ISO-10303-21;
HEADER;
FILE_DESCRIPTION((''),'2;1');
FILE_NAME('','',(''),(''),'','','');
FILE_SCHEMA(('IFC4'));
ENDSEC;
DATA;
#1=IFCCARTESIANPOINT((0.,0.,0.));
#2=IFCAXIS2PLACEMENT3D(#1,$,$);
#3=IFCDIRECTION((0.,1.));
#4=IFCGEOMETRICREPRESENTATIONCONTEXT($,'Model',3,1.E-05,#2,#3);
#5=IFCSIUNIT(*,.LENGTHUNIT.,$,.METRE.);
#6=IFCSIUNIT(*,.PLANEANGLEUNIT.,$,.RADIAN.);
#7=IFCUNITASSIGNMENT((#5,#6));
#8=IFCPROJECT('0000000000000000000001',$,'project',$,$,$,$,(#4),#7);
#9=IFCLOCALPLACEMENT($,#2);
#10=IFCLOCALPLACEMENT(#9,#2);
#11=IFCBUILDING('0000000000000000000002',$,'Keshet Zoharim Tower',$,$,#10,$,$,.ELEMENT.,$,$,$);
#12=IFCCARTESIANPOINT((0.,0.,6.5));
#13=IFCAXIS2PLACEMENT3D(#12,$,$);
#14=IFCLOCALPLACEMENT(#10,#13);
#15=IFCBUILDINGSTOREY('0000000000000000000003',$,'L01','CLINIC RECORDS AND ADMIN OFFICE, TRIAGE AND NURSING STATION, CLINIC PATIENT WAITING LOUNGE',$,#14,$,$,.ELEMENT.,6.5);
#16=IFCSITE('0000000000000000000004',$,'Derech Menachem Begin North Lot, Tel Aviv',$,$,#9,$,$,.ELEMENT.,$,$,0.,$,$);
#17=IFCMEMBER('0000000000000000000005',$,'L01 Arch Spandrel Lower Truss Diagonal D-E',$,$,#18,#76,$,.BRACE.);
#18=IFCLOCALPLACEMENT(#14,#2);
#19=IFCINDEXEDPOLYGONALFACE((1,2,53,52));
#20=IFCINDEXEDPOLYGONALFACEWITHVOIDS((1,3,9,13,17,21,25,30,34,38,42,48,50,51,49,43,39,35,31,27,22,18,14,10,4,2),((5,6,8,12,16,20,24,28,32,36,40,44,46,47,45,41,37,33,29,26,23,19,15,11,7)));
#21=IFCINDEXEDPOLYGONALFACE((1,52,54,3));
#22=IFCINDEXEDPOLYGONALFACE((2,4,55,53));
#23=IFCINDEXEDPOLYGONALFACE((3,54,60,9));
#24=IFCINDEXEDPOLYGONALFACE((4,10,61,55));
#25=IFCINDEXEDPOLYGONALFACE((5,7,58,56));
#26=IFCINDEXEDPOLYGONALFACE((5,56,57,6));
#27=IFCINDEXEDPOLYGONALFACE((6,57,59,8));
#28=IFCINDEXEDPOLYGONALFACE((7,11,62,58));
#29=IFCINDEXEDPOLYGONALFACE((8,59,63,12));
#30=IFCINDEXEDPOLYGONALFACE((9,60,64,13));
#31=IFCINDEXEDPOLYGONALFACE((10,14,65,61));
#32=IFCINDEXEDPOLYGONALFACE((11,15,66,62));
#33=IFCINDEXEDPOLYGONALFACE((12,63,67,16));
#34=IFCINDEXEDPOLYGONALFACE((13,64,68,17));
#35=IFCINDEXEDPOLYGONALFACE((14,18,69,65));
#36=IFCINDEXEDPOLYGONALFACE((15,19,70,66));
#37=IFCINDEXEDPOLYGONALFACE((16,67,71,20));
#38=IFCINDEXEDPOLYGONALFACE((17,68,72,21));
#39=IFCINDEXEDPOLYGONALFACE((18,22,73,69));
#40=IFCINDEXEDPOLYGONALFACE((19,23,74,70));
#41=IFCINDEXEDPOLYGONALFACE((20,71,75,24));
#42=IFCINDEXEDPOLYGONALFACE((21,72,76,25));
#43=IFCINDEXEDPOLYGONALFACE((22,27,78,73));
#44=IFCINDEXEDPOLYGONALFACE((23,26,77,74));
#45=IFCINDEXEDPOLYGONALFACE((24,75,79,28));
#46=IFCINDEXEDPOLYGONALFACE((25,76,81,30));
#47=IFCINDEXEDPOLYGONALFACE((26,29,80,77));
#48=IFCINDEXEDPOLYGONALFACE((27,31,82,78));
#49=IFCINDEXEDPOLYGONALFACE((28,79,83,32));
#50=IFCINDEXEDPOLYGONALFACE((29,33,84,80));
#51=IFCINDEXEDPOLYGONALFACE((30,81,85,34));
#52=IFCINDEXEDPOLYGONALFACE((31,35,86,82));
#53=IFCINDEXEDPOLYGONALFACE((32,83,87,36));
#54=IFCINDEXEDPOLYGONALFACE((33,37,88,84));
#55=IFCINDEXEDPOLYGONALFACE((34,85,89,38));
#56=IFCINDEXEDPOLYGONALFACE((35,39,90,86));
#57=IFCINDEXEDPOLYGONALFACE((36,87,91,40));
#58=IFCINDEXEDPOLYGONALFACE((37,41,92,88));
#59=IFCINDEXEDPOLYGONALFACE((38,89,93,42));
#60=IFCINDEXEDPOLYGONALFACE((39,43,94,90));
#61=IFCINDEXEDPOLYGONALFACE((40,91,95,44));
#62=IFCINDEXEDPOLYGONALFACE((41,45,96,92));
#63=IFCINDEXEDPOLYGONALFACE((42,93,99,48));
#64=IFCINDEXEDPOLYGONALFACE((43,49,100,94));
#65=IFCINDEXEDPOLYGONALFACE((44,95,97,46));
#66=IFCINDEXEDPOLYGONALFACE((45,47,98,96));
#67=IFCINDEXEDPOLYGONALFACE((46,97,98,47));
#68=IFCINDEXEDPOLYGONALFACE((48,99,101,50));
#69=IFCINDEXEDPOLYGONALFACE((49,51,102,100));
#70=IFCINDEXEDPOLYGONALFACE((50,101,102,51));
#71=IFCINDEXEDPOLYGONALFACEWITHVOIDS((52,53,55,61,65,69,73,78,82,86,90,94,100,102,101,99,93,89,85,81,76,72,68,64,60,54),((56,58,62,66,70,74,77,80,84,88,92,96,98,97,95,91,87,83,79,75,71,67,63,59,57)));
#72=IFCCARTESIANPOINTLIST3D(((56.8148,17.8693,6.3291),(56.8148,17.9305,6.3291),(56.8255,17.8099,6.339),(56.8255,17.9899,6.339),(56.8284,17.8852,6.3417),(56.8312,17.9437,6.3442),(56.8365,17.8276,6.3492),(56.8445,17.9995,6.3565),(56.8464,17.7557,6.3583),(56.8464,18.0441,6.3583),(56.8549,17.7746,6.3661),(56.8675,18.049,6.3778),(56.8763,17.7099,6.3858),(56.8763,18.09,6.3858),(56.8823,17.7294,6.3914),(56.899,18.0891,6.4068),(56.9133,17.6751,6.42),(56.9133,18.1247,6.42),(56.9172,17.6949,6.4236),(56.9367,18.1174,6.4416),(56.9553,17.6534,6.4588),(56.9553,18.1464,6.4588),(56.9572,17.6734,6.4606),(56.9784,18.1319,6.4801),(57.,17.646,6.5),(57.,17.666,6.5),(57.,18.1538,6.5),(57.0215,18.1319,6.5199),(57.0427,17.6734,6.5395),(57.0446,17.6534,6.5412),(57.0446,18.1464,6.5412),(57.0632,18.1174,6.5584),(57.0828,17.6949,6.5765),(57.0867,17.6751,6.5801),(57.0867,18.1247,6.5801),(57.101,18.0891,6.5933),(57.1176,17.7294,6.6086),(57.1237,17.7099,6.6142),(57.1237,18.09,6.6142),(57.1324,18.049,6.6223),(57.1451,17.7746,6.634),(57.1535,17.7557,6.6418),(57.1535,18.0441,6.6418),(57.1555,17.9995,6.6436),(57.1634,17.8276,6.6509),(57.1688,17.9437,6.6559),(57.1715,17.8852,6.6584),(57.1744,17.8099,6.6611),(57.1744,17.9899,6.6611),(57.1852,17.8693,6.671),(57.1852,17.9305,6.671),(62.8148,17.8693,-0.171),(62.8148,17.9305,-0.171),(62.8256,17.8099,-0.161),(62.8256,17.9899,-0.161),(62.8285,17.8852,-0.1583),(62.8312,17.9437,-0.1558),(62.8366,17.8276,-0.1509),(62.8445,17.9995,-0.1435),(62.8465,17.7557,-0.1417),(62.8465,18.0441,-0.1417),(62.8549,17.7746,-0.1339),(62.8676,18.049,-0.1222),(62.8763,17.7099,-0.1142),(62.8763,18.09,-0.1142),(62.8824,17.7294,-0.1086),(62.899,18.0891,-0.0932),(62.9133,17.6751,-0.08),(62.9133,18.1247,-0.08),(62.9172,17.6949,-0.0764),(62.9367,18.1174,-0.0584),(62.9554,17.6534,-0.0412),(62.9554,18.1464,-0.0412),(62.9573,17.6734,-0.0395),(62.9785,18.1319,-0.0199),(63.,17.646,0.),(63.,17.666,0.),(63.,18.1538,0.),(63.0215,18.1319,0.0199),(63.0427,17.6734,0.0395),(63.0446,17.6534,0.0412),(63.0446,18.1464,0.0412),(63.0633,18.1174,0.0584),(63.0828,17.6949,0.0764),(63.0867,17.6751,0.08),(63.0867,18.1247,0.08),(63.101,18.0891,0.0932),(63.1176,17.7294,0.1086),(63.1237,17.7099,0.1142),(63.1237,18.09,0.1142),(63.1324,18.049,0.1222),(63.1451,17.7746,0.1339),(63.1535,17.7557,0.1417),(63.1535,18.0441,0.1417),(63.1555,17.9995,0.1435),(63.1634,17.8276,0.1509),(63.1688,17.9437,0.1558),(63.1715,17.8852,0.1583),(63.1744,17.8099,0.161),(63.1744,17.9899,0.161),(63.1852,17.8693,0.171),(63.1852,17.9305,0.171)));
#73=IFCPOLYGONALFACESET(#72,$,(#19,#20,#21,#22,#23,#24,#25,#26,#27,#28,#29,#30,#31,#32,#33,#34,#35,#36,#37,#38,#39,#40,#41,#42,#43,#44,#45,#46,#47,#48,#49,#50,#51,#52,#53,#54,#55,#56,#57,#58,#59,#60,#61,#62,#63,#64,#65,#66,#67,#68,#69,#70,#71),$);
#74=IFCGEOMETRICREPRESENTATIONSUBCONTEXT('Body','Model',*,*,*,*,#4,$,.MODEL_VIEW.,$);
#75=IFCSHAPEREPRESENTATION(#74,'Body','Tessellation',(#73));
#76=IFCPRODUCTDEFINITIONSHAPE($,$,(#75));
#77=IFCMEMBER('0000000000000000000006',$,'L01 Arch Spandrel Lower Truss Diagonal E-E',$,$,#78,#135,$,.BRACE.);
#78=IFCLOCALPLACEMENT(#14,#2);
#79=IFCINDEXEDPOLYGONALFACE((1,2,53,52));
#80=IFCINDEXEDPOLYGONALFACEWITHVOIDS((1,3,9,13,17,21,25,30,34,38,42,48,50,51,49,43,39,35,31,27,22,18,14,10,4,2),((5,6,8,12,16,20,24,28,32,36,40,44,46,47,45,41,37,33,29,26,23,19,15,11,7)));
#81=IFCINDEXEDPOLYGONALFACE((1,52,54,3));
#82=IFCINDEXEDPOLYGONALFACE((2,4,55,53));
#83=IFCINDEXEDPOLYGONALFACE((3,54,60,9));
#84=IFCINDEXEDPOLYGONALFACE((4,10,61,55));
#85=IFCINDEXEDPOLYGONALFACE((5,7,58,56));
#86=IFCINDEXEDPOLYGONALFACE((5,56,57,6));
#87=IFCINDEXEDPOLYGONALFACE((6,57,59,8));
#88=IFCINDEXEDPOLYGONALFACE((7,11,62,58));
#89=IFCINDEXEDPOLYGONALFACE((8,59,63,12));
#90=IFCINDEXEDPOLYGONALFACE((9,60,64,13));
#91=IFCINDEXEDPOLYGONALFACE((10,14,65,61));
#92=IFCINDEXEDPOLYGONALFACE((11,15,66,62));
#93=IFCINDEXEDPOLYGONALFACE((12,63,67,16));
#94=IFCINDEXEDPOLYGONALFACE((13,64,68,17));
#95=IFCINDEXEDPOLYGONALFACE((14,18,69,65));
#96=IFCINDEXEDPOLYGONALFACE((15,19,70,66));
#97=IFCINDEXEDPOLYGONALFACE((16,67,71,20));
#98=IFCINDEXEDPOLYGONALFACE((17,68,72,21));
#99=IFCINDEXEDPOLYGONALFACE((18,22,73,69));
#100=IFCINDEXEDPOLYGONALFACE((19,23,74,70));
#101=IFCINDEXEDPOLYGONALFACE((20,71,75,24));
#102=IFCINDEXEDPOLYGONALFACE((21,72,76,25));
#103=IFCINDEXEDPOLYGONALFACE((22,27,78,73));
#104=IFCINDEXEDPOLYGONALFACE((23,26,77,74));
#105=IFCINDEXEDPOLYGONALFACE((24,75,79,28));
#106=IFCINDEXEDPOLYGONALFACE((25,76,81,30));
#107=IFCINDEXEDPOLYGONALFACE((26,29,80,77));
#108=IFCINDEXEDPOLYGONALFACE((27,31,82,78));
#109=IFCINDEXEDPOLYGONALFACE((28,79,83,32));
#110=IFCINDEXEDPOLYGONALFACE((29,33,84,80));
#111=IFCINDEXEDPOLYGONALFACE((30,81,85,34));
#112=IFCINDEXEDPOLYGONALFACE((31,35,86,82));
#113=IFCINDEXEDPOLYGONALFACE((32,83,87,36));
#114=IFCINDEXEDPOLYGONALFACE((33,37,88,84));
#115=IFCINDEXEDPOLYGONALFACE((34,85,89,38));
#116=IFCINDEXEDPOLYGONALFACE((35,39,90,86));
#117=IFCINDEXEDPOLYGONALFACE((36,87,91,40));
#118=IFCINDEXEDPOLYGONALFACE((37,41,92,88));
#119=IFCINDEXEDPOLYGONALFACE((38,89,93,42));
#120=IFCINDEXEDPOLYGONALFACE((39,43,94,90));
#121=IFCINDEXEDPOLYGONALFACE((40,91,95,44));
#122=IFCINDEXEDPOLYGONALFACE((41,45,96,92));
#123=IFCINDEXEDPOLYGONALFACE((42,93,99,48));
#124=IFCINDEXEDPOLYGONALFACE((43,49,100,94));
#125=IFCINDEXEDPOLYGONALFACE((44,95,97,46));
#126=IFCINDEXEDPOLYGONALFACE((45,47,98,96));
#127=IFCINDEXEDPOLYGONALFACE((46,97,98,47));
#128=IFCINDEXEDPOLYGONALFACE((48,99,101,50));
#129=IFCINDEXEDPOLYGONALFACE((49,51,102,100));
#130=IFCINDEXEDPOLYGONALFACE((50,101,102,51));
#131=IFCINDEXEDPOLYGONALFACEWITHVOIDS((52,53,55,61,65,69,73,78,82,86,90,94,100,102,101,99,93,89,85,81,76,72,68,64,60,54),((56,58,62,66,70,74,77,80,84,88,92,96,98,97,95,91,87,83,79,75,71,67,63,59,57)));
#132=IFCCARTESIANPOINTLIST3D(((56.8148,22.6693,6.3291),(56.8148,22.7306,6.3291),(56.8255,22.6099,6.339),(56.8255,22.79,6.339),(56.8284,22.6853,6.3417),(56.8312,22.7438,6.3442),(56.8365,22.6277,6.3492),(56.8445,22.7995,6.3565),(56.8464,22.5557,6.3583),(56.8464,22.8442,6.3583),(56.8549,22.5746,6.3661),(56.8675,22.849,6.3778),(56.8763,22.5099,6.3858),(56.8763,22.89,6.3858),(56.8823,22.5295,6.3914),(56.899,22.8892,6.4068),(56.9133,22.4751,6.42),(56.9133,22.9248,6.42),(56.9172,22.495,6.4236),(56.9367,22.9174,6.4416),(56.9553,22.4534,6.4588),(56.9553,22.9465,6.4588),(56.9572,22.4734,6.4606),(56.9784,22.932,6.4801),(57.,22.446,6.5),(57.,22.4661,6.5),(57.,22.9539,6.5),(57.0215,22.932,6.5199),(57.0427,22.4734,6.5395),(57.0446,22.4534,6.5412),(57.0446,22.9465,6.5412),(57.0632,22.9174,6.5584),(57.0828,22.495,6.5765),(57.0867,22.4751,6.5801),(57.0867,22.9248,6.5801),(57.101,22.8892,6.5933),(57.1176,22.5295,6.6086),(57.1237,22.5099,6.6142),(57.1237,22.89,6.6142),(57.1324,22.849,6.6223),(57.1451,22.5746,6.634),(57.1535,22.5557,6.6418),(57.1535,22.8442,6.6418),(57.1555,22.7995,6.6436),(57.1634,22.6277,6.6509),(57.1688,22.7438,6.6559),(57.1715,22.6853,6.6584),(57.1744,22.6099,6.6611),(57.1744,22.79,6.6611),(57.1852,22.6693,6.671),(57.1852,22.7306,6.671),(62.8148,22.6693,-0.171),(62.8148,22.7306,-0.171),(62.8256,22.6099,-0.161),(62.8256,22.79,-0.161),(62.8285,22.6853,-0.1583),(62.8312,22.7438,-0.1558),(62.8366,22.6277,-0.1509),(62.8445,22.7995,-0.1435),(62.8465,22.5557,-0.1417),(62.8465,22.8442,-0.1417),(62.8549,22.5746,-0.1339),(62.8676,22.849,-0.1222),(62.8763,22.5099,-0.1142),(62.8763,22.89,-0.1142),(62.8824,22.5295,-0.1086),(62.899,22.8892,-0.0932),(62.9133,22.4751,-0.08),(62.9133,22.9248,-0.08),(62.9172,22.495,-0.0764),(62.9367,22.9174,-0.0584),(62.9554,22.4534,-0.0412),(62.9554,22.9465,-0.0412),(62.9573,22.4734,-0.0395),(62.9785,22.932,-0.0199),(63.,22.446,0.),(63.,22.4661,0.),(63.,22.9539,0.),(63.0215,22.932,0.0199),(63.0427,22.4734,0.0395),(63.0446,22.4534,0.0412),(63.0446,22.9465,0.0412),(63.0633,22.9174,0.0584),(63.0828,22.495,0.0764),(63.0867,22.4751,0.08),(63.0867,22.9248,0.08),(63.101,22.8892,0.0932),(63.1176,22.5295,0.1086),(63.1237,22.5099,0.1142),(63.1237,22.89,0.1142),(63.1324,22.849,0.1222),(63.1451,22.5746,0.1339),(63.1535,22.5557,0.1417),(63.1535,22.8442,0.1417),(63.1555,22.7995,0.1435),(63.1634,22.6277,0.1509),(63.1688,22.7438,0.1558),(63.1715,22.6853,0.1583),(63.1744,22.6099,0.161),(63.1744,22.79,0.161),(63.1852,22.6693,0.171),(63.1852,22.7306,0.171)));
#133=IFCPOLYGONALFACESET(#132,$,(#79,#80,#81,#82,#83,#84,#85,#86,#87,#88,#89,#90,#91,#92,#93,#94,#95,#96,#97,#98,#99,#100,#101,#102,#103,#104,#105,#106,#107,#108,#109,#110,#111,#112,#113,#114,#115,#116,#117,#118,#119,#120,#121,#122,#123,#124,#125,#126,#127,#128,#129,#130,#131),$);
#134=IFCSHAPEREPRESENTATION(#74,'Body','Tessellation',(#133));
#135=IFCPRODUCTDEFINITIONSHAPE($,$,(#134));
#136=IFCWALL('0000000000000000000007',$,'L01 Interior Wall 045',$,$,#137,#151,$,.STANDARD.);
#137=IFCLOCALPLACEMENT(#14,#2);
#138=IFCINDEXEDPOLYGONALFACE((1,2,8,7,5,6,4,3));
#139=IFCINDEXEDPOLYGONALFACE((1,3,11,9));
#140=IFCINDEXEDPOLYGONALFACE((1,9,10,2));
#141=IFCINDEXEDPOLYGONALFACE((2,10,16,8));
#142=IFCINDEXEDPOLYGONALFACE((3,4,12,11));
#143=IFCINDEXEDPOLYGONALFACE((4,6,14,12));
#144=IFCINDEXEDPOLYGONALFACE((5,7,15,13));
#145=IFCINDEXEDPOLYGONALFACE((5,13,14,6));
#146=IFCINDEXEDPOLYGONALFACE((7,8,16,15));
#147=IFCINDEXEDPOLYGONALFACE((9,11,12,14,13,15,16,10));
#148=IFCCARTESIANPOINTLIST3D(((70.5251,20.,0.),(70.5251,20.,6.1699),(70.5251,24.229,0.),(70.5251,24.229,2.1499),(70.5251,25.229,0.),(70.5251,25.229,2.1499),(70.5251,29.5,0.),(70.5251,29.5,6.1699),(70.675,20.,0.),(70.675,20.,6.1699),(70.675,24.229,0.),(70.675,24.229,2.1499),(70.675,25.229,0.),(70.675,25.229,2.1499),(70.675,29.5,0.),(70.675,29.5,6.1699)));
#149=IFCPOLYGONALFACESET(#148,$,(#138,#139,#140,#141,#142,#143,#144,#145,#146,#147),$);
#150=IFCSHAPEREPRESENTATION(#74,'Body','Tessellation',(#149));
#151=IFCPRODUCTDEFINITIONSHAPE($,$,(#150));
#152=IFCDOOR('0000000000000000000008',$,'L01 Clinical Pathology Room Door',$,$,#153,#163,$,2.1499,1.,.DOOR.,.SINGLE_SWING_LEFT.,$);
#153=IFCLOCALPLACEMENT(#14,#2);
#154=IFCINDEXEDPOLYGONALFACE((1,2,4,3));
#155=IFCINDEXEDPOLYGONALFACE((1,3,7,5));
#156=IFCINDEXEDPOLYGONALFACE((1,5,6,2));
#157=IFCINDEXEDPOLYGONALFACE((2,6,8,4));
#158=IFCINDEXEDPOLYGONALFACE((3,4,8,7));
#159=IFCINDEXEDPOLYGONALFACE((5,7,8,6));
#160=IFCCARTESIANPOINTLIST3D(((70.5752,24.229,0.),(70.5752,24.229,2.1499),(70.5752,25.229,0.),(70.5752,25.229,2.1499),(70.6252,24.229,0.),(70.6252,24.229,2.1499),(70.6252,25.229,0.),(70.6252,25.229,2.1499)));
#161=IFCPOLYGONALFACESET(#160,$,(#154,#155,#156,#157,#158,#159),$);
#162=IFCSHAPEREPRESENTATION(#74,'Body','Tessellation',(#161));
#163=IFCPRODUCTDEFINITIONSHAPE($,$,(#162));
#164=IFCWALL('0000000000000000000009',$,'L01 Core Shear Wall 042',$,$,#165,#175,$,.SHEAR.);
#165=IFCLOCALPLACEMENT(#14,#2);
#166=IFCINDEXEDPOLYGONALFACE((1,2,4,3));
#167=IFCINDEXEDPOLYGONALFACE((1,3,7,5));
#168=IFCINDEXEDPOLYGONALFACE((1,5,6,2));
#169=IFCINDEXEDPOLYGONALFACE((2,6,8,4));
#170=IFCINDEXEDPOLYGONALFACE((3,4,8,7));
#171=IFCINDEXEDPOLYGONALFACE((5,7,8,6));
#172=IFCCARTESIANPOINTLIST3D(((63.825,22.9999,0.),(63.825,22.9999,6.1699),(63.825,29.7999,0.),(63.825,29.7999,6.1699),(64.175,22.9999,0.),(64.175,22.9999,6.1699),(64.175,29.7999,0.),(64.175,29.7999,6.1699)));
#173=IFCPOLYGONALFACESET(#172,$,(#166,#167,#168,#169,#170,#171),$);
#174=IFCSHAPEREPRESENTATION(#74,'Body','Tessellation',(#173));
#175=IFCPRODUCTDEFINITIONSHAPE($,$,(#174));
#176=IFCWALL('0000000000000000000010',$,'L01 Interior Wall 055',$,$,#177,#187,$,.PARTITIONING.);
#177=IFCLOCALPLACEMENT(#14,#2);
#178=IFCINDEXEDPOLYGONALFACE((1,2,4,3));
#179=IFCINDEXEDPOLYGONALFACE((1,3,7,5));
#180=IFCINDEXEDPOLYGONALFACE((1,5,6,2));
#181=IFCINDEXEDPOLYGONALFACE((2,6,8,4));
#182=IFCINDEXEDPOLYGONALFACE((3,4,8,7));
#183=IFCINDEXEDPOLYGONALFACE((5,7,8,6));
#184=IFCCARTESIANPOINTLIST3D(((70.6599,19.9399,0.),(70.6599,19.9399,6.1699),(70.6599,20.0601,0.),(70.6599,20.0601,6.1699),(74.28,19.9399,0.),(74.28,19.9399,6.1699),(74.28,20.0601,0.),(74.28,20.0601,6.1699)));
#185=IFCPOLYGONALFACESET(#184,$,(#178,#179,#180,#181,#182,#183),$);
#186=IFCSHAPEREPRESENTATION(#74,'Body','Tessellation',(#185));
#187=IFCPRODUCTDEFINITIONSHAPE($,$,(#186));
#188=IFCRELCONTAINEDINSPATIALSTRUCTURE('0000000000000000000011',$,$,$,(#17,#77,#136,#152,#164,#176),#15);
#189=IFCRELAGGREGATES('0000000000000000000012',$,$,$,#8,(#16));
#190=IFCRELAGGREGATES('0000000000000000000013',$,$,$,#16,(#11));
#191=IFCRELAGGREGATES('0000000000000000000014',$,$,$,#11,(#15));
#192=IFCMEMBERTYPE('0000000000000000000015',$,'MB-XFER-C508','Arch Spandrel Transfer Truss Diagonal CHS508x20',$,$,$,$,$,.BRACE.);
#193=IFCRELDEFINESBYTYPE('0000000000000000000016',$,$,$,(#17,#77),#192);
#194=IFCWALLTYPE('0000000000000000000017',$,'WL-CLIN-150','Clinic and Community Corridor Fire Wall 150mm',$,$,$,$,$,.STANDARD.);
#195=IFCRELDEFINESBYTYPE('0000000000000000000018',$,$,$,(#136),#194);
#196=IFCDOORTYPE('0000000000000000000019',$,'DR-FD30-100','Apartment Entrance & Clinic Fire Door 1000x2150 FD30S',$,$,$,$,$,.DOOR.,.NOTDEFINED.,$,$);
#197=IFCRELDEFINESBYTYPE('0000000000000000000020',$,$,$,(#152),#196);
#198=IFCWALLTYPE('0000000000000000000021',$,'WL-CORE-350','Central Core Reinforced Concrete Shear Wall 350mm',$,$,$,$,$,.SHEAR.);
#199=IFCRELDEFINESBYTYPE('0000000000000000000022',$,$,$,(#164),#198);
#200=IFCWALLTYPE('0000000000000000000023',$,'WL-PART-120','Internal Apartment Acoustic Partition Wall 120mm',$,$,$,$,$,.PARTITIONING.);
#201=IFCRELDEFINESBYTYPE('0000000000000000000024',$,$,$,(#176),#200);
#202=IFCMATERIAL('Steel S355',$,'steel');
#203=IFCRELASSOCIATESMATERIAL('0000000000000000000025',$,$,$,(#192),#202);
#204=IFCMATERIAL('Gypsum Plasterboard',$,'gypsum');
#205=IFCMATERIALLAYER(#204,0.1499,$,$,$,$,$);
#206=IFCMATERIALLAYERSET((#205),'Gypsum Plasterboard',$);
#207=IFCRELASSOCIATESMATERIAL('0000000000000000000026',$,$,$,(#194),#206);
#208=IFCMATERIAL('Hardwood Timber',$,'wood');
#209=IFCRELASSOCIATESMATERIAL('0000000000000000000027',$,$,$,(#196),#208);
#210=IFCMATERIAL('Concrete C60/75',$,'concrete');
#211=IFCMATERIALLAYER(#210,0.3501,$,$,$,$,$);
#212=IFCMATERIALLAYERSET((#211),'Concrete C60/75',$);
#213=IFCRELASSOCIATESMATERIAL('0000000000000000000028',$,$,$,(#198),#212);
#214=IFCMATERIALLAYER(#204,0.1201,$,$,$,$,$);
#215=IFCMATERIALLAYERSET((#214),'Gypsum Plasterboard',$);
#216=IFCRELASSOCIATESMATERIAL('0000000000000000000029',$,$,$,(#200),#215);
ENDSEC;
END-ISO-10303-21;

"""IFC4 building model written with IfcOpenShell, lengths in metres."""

from ifc_helpers import new_model, si_unit, direction, frame, frame_2d, origin, origin_2d, place, context, subcontext, project, spatial, rectangle, hollow_circle, extrude, material, layer, layer_set, material_profile, profile_set, type_object, element, fill, save


model = new_model("IFC4")

# Units and contexts
model_context = context("Model", 3, precision=1e-05, world=origin(), true_north=direction((0.0, 1.0)))
body_context = subcontext(model_context, "Body", "Model", "MODEL_VIEW")
ifc_project = project(units=[si_unit("LENGTHUNIT", "METRE"), si_unit("PLANEANGLEUNIT", "RADIAN")], contexts=[model_context])

# Site, building, storey
site_placement = place(None, origin())
site = spatial("IfcSite", under=ifc_project, at=site_placement, Name="Derech Menachem Begin North Lot, Tel Aviv", CompositionType="ELEMENT", RefElevation=0.0)
building_placement = place(site_placement, origin())
building = spatial("IfcBuilding", under=site, at=building_placement, Name="Keshet Zoharim Tower", CompositionType="ELEMENT")
storey_placement = place(building_placement, frame((0.0, 0.0, 6.5)))
storey = spatial("IfcBuildingStorey", under=building, at=storey_placement, Name="L01", Description="CLINIC RECORDS AND ADMIN OFFICE, TRIAGE AND NURSING STATION, CLINIC PATIENT WAITING LOUNGE", CompositionType="ELEMENT", Elevation=6.5)

# Shared definitions
ifc_material_1 = material(Name="Concrete C60/75", Category="concrete")

# Shared definitions
ifc_material_2 = material(Name="Steel S355", Category="steel")

# Members
ifc_material_profile_1 = material_profile(ifc_material_2, hollow_circle(Radius=0.2539, WallThickness=0.02, at=origin_2d()), Name="CHS508x20")
ifc_profile_set_1 = profile_set([ifc_material_profile_1], Name="Steel S355")
member_type = type_object("IfcMemberType", Name="MB-XFER-C508", Description="Arch Spandrel Transfer Truss Diagonal CHS508x20", PredefinedType="BRACE", material=ifc_profile_set_1)
for number, where, z_axis, x_axis, name in (
    (1, (63.0, 17.8999, 0.0), (-0.67828, 0.0, 0.734803), (0.0, -1.0, 0.0), "L01 Arch Spandrel Lower Truss Diagonal D-E"),
    (2, (63.0, 22.7, 0.0), (-0.67828, 0.0, 0.734803), (0.0, -1.0, 0.0), "L01 Arch Spandrel Lower Truss Diagonal E-E"),
):
    element("IfcMember", number, at=place(storey_placement, frame(where, z_axis=z_axis, x_axis=x_axis)), inside=storey, type_object=member_type, Name=name, PredefinedType="BRACE", context=body_context, shape_type="SweptSolid", body=[
        extrude(hollow_circle(Radius=0.2539, WallThickness=0.02, at=origin_2d()), origin(), (0.0, 0.0, 1.0), 8.8459),
    ])

# Wall, opening, door
ifc_material_3 = material(Name="Gypsum Plasterboard", Category="gypsum")
ifc_layer_1 = layer(ifc_material_3, 0.1499)
ifc_layer_set_1 = layer_set([ifc_layer_1], Name="Gypsum Plasterboard")
wall_type_1 = type_object("IfcWallType", Name="WL-CLIN-150", Description="Clinic and Community Corridor Fire Wall 150mm", PredefinedType="STANDARD", material=ifc_layer_set_1)
wall_1_placement = place(storey_placement, frame((70.6001, 20.0, 0.0), z_axis=(0.0, 0.0, 1.0), x_axis=(0.0, 1.0, 0.0)))
wall_1 = element("IfcWall", 3, at=wall_1_placement, inside=storey, type_object=wall_type_1, Name="L01 Interior Wall 045", PredefinedType="STANDARD", context=body_context, shape_type="SweptSolid", body=[
    extrude(rectangle(XDim=9.5, YDim=0.1499, at=frame_2d((4.75, 0.0))), origin(), (0.0, 0.0, 1.0), 6.1699),
])
opening_placement = place(wall_1_placement, frame((4.229, 0.0, 0.0)))
opening = element("IfcOpeningElement", 4, at=opening_placement, cuts=wall_1, PredefinedType="OPENING", context=body_context, shape_type="SweptSolid", body=[
    extrude(rectangle(XDim=1.0, YDim=2.1499, at=frame_2d((0.5, 1.075))), frame((0.0, 0.085, 0.0), z_axis=(0.0, -1.0, 0.0), x_axis=(1.0, 0.0, 0.0)), (0.0, 0.0, 1.0), 0.1699),
])
ifc_material_4 = material(Name="Hardwood Timber", Category="wood")
door_type = type_object("IfcDoorType", Name="DR-FD30-100", Description="Apartment Entrance & Clinic Fire Door 1000x2150 FD30S", OperationType="NOTDEFINED", PredefinedType="DOOR", material=ifc_material_4)
door_placement = place(opening_placement, origin())
door = element("IfcDoor", 5, at=door_placement, inside=storey, type_object=door_type, Name="L01 Clinical Pathology Room Door", OperationType="SINGLE_SWING_LEFT", OverallHeight=2.1499, OverallWidth=1.0, PredefinedType="DOOR", context=body_context, shape_type="SweptSolid", body=[
    extrude(rectangle(XDim=1.0, YDim=2.1499, at=frame_2d((0.5, 1.075))), frame((0.0, 0.0249, 0.0), z_axis=(0.0, -1.0, 0.0), x_axis=(1.0, 0.0, 0.0)), (0.0, 0.0, 1.0), 0.05),
])
fill(opening, door)

# Walls
ifc_layer_2 = layer(ifc_material_1, 0.3501)
ifc_layer_set_2 = layer_set([ifc_layer_2], Name="Concrete C60/75")
wall_type_2 = type_object("IfcWallType", Name="WL-CORE-350", Description="Central Core Reinforced Concrete Shear Wall 350mm", PredefinedType="SHEAR", material=ifc_layer_set_2)
wall_2_placement = place(storey_placement, frame((64.0, 23.0, 0.0), z_axis=(0.0, 0.0, 1.0), x_axis=(0.0, 1.0, 0.0)))
element("IfcWall", 6, at=wall_2_placement, inside=storey, type_object=wall_type_2, Name="L01 Core Shear Wall 042", PredefinedType="SHEAR", context=body_context, shape_type="SweptSolid", body=[
    extrude(rectangle(XDim=6.8, YDim=0.3501, at=frame_2d((3.3999, 0.0))), origin(), (0.0, 0.0, 1.0), 6.1699),
])
ifc_layer_3 = layer(ifc_material_3, 0.1201)
ifc_layer_set_3 = layer_set([ifc_layer_3], Name="Gypsum Plasterboard")
wall_type_3 = type_object("IfcWallType", Name="WL-PART-120", Description="Internal Apartment Acoustic Partition Wall 120mm", PredefinedType="PARTITIONING", material=ifc_layer_set_3)
wall_3_placement = place(storey_placement, frame((70.6599, 20.0, 0.0), z_axis=(0.0, 0.0, 1.0), x_axis=(1.0, 0.0, 0.0)))
element("IfcWall", 7, at=wall_3_placement, inside=storey, type_object=wall_type_3, Name="L01 Interior Wall 055", PredefinedType="PARTITIONING", context=body_context, shape_type="SweptSolid", body=[
    extrude(rectangle(XDim=3.6201, YDim=0.1201, at=frame_2d((1.8101, 0.0))), origin(), (0.0, 0.0, 1.0), 6.1699),
])

save(model, "model.ifc")
